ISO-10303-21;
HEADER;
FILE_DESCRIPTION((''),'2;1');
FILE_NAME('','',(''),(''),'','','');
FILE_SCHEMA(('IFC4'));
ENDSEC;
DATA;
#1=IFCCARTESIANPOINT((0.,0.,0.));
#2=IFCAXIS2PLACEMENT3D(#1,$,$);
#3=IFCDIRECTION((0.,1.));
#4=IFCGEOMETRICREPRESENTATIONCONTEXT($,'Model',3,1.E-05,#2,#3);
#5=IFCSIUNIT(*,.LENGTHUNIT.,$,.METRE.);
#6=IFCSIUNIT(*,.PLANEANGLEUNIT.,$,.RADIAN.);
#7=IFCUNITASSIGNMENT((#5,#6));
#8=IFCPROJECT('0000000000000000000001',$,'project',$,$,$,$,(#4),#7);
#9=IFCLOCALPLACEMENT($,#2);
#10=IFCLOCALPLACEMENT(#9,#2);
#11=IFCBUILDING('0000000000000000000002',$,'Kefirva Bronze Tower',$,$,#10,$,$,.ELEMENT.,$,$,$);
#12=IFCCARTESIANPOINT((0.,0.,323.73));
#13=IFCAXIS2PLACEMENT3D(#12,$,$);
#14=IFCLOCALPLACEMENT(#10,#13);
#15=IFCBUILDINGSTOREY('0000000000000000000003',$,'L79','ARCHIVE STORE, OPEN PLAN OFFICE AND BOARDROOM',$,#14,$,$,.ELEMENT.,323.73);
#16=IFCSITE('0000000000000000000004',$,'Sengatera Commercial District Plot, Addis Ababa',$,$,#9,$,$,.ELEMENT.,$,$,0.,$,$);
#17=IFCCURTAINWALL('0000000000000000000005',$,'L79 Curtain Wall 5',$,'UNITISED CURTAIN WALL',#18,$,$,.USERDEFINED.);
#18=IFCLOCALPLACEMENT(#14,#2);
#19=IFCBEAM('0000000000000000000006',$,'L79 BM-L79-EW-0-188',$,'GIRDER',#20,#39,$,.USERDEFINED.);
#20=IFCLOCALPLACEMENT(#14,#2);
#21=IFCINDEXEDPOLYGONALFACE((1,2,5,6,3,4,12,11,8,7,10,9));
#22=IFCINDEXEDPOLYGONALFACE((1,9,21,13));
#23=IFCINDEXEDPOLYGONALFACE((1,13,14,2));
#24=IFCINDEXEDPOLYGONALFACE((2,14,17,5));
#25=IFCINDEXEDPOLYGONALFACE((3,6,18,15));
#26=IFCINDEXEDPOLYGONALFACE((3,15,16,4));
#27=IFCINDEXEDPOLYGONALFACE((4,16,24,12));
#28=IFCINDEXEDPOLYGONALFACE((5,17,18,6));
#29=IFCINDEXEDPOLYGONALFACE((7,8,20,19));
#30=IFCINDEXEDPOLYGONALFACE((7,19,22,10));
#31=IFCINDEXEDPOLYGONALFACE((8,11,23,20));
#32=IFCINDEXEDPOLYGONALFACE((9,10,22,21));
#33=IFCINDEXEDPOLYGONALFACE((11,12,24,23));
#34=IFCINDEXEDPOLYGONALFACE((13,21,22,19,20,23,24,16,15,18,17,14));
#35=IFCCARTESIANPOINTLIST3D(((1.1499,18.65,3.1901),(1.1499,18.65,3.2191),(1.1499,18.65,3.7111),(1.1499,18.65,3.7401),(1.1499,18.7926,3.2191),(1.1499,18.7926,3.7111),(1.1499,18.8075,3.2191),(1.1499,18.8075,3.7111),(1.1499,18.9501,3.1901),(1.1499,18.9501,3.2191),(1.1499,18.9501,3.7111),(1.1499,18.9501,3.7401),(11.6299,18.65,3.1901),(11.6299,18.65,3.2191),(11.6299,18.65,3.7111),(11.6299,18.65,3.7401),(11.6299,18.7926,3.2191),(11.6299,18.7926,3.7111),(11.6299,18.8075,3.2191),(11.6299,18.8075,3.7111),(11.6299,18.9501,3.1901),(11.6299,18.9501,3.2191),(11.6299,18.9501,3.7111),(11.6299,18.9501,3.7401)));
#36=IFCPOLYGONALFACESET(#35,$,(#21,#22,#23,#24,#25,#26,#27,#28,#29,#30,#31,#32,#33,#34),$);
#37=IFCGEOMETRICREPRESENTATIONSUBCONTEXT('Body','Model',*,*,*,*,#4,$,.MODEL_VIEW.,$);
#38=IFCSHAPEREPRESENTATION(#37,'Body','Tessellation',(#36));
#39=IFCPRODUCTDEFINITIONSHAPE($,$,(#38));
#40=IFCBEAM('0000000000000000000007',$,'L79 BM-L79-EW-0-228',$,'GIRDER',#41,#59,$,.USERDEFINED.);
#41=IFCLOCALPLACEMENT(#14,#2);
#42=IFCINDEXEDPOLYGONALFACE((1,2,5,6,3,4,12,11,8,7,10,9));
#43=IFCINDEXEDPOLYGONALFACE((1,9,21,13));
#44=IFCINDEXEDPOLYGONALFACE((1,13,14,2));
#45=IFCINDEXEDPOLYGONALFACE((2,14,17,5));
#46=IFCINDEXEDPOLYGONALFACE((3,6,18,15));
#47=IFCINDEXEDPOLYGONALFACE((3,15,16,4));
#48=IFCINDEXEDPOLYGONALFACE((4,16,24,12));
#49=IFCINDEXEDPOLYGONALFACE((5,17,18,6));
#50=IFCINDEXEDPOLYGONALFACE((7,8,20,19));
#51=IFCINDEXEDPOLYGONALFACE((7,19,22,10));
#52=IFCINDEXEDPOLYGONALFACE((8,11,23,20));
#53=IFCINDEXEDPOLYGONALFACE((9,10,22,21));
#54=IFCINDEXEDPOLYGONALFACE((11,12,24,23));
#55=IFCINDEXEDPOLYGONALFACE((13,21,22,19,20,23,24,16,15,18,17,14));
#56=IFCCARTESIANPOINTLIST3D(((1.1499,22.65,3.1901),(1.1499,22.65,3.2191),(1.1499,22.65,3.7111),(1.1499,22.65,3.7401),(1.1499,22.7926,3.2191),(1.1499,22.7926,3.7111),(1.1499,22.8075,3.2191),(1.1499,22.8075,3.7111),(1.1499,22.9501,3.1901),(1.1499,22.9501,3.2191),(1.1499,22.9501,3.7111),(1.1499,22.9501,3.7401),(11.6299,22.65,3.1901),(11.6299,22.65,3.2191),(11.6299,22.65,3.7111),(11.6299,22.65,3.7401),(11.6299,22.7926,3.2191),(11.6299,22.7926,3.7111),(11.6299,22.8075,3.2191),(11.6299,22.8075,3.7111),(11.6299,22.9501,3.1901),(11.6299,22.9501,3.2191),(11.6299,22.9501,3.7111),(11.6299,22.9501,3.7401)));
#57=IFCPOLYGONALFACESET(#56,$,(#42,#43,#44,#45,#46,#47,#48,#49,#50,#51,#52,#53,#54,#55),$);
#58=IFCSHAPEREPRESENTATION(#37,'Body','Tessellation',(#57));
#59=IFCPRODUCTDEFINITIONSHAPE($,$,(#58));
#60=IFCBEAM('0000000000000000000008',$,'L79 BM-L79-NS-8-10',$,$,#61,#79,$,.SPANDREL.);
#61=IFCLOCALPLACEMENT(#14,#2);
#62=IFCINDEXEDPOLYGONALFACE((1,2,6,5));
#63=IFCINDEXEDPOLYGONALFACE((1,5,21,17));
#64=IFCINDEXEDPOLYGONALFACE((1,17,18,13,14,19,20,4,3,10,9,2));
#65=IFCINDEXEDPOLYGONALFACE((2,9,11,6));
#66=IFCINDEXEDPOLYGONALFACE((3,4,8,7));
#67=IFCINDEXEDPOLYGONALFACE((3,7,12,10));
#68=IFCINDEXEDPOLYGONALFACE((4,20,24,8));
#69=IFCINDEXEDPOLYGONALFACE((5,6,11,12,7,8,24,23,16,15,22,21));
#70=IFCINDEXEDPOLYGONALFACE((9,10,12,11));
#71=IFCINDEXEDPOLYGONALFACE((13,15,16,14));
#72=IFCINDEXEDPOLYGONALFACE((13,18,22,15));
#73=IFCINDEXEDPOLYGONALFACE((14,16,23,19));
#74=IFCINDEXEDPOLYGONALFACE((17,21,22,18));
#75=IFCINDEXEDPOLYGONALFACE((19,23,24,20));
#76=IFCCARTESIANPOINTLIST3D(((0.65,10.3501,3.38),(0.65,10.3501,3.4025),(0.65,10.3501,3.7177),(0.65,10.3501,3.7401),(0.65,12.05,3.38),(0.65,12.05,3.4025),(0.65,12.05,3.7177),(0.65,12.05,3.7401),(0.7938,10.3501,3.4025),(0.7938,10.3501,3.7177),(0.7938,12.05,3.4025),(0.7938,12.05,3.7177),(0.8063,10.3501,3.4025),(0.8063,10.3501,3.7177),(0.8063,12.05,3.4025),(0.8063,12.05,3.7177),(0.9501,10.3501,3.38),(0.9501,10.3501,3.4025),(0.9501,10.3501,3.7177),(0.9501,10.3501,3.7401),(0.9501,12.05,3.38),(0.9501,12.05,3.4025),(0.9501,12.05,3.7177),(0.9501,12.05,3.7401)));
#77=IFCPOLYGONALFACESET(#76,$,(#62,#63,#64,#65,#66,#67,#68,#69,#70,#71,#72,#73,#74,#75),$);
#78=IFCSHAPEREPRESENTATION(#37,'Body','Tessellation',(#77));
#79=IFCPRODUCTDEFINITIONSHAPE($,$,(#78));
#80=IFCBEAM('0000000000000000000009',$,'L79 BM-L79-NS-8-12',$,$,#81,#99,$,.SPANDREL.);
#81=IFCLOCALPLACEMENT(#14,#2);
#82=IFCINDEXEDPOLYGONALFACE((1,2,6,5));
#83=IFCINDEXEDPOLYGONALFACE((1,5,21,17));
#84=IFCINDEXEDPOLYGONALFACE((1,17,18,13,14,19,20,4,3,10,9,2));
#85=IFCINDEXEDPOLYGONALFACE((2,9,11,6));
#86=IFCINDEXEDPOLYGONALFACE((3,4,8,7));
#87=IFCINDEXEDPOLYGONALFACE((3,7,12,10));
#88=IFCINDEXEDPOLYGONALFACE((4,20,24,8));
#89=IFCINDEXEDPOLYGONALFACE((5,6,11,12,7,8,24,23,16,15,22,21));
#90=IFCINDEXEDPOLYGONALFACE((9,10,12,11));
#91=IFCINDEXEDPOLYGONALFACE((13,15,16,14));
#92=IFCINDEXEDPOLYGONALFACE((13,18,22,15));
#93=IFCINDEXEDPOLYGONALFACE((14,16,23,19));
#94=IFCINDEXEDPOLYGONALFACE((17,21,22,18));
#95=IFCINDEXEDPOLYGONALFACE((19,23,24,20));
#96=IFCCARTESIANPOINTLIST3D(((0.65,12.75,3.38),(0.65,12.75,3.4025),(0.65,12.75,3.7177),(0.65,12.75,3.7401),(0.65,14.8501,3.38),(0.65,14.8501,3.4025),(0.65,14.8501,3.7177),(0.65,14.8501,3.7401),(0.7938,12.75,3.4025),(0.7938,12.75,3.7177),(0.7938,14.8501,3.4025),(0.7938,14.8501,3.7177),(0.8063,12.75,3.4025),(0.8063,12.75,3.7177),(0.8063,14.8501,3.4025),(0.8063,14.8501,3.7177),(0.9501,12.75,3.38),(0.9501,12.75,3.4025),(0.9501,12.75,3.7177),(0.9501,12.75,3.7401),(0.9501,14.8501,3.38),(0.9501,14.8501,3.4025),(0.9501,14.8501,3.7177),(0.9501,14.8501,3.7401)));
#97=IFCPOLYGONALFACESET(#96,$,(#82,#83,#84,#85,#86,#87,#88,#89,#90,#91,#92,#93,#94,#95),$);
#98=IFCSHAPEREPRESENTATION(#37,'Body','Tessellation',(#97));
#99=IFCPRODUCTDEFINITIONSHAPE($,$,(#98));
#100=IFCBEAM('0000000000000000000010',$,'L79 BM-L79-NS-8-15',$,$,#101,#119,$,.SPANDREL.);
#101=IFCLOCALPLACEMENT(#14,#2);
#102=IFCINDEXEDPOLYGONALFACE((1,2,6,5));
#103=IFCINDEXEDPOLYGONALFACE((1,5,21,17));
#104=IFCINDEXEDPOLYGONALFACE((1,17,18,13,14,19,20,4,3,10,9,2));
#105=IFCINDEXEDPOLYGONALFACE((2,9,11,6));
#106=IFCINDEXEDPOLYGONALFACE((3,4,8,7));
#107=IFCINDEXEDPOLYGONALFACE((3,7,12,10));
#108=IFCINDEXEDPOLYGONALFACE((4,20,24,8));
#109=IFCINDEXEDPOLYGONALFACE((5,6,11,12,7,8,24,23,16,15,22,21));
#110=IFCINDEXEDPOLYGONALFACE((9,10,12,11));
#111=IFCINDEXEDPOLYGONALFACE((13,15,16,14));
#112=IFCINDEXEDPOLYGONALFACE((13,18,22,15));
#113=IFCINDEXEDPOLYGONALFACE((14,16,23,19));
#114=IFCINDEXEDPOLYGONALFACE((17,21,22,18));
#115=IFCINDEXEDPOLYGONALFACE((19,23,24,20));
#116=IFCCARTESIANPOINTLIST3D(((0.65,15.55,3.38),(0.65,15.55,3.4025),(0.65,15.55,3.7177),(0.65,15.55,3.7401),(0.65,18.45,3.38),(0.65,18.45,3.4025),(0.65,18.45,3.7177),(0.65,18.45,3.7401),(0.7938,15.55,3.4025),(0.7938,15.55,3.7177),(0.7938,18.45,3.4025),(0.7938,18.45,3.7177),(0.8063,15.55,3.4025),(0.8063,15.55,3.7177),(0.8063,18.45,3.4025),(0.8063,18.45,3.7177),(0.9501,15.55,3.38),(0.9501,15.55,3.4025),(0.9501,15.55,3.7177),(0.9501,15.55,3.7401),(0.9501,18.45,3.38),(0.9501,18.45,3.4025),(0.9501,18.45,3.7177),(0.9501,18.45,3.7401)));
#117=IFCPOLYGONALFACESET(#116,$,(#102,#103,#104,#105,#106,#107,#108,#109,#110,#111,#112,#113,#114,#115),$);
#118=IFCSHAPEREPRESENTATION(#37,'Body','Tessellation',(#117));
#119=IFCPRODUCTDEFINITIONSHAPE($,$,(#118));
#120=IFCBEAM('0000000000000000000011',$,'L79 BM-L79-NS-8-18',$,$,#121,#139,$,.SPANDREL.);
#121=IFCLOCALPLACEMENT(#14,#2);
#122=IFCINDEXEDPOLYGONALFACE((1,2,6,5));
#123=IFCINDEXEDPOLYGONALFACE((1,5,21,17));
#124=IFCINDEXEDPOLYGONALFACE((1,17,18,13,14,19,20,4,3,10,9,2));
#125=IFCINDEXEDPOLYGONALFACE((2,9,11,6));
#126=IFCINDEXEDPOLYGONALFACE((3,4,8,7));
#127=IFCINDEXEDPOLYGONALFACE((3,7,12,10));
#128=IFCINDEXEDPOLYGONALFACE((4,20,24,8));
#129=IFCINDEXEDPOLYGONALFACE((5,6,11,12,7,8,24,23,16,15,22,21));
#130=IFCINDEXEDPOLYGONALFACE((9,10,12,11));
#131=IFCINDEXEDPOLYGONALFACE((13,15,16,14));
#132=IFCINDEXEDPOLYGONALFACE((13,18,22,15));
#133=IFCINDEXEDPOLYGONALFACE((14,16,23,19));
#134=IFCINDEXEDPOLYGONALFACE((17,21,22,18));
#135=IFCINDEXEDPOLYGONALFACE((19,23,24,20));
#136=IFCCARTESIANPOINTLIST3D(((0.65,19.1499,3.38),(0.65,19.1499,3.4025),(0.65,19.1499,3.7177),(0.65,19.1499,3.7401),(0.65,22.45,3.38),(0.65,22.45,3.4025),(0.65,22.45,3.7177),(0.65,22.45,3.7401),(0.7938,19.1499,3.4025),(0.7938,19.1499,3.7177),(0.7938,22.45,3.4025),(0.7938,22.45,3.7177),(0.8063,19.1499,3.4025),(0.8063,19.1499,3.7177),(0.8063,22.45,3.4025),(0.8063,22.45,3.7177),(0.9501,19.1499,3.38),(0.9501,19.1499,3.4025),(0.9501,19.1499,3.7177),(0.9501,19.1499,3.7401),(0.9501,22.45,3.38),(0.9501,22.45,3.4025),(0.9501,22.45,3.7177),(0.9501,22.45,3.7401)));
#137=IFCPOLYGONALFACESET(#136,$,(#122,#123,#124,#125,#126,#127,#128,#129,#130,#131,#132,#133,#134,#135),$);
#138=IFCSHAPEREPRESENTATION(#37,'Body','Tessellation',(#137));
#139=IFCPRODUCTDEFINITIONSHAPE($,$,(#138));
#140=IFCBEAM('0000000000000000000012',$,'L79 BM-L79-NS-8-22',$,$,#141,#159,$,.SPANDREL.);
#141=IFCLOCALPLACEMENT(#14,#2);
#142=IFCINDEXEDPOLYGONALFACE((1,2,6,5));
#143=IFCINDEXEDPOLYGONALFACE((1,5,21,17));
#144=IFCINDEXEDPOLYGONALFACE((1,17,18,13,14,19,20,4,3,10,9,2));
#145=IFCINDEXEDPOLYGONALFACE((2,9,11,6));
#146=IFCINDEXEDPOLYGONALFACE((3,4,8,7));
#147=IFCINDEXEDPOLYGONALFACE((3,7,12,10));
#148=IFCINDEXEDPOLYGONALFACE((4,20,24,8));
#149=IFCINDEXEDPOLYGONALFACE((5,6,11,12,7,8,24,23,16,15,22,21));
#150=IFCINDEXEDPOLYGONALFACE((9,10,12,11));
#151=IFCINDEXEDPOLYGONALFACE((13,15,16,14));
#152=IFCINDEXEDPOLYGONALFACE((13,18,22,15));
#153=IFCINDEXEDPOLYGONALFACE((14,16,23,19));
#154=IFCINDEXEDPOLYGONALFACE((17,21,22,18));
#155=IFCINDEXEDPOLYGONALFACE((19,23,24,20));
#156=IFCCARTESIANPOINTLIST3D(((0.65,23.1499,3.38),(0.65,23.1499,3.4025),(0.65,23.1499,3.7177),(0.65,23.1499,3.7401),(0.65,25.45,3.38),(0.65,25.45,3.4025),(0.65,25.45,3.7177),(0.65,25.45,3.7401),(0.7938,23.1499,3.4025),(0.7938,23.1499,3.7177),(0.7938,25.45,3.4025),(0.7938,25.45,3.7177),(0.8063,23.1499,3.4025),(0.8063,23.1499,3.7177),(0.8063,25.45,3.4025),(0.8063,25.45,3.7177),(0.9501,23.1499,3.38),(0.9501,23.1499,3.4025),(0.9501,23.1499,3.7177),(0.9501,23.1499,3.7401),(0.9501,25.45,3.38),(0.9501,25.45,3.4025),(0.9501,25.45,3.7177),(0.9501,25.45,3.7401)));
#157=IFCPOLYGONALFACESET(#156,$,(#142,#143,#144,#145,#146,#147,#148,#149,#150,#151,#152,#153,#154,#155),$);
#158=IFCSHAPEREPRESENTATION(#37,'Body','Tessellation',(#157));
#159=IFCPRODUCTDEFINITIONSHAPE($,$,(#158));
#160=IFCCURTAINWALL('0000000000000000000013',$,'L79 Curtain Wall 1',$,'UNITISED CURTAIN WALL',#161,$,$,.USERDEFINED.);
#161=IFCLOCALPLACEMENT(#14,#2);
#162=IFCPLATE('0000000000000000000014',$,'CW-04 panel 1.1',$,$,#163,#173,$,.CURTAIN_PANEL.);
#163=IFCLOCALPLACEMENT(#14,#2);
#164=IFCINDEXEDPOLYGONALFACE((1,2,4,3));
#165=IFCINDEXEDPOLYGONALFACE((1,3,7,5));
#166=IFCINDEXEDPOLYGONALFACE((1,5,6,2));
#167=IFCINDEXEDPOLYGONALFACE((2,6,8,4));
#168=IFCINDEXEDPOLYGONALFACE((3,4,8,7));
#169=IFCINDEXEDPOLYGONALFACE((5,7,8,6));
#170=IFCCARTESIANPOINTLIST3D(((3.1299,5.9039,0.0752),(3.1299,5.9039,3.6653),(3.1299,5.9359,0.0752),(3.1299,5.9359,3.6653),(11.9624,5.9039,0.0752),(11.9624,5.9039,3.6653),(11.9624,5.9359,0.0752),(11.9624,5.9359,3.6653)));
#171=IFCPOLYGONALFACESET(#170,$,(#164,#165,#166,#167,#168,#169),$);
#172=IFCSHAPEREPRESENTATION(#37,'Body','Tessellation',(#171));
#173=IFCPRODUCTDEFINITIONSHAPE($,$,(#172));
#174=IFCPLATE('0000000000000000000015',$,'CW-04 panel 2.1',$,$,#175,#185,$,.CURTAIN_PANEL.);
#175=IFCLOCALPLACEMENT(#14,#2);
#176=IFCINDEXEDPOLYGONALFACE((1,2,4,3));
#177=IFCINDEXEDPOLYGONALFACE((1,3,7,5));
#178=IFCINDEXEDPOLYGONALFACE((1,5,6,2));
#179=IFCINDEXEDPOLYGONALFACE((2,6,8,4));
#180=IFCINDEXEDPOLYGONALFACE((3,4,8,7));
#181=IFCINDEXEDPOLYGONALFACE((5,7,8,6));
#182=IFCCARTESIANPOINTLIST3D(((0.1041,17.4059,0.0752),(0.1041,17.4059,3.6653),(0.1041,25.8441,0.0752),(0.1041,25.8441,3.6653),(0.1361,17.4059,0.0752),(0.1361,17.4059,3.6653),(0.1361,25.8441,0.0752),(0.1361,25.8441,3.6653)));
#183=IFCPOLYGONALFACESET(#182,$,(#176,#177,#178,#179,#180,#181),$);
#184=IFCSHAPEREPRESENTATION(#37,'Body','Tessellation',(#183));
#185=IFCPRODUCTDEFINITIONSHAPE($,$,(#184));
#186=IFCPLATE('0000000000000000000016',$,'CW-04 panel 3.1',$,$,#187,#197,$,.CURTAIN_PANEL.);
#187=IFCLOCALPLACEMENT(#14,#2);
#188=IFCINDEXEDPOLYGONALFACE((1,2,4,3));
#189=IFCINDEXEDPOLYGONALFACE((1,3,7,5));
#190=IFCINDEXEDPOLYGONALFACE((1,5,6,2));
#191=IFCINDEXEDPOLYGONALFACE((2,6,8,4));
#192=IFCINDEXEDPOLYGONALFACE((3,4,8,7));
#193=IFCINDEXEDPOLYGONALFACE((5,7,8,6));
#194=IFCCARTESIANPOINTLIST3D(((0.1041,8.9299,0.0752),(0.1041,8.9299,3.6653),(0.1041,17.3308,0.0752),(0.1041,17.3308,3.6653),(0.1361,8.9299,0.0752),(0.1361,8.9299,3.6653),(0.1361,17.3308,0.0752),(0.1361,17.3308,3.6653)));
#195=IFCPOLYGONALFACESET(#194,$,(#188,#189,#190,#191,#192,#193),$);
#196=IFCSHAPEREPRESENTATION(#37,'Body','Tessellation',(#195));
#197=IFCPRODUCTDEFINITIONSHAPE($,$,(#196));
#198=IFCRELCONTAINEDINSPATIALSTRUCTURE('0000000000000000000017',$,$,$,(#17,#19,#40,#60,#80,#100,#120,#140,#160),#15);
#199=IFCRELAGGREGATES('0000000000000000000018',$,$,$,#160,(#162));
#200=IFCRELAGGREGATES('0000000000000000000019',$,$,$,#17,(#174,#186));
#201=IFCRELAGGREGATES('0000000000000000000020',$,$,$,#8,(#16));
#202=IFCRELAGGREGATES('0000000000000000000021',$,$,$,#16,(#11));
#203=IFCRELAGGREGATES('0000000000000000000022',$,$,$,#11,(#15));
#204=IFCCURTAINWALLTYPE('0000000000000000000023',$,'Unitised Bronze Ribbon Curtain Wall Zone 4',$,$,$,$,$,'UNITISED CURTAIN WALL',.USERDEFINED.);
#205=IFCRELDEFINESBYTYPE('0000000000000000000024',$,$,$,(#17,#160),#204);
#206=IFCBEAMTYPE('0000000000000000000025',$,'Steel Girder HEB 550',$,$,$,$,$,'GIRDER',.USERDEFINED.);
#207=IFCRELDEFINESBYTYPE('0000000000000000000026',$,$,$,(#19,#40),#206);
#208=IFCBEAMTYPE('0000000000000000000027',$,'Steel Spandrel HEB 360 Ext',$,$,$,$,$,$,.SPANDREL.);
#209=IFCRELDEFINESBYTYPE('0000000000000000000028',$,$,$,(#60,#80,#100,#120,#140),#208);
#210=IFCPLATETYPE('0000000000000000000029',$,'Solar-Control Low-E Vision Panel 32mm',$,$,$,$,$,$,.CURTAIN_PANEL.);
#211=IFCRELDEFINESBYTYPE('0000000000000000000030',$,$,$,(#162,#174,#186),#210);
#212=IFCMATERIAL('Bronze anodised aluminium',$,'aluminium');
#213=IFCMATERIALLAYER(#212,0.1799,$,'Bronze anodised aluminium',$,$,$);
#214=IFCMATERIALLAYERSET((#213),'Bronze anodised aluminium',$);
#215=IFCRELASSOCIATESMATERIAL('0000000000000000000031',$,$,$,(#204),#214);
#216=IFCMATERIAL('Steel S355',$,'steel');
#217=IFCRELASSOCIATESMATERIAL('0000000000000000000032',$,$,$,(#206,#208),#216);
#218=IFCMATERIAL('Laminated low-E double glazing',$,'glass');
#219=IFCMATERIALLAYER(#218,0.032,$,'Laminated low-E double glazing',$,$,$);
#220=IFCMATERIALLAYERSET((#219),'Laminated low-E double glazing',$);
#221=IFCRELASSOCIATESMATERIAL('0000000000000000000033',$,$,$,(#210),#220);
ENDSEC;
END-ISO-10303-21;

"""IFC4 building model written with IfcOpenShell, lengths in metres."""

from ifc_helpers import new_model, si_unit, direction, frame, origin, origin_2d, place, context, subcontext, project, spatial, rectangle, i_section, extrude, material, layer, layer_set, material_profile, profile_set, type_object, element, aggregate, save


model = new_model("IFC4")

# Units and contexts
model_context = context("Model", 3, precision=1e-05, world=origin(), true_north=direction((0.0, 1.0)))
body_context = subcontext(model_context, "Body", "Model", "MODEL_VIEW")
ifc_project = project(units=[si_unit("LENGTHUNIT", "METRE"), si_unit("PLANEANGLEUNIT", "RADIAN")], contexts=[model_context])

# Site, building, storey
site_placement = place(None, origin())
site = spatial("IfcSite", under=ifc_project, at=site_placement, Name="Sengatera Commercial District Plot, Addis Ababa", CompositionType="ELEMENT", RefElevation=0.0)
building_placement = place(site_placement, origin())
building = spatial("IfcBuilding", under=site, at=building_placement, Name="Kefirva Bronze Tower", CompositionType="ELEMENT")
storey_placement = place(building_placement, frame((0.0, 0.0, 323.73)))
storey = spatial("IfcBuildingStorey", under=building, at=storey_placement, Name="L79", Description="ARCHIVE STORE, OPEN PLAN OFFICE AND BOARDROOM", CompositionType="ELEMENT", Elevation=323.73)

# Curtain wall
ifc_material_1 = material(Name="Bronze anodised aluminium", Category="aluminium")
ifc_layer_1 = layer(ifc_material_1, 0.1799, Name="Bronze anodised aluminium")
ifc_layer_set_1 = layer_set([ifc_layer_1], Name="Bronze anodised aluminium")
curtain_wall_type = type_object("IfcCurtainWallType", Name="Unitised Bronze Ribbon Curtain Wall Zone 4", ElementType="UNITISED CURTAIN WALL", PredefinedType="USERDEFINED", material=ifc_layer_set_1)
curtain_wall_1_placement = place(storey_placement, origin())
curtain_wall_1 = element("IfcCurtainWall", 1, at=curtain_wall_1_placement, inside=storey, type_object=curtain_wall_type, Name="L79 Curtain Wall 5", ObjectType="UNITISED CURTAIN WALL", PredefinedType="USERDEFINED")

# Beams
ifc_material_2 = material(Name="Steel S355", Category="steel")
ifc_material_profile_1 = material_profile(ifc_material_2, i_section(OverallWidth=0.3, OverallDepth=0.55, WebThickness=0.0149, FlangeThickness=0.0291, at=origin_2d()), Name="HEB 550")
ifc_profile_set_1 = profile_set([ifc_material_profile_1], Name="Steel S355")
beam_type_1 = type_object("IfcBeamType", Name="Steel Girder HEB 550", ElementType="GIRDER", PredefinedType="USERDEFINED", material=ifc_profile_set_1)
for number, where, z_axis, x_axis, name in (
    (2, (1.1499, 18.8, 3.4651), (1.0, 0.0, 0.0), (0.0, 1.0, 0.0), "L79 BM-L79-EW-0-188"),
    (3, (1.1499, 22.8, 3.4651), (1.0, 0.0, 0.0), (0.0, 1.0, 0.0), "L79 BM-L79-EW-0-228"),
):
    element("IfcBeam", number, at=place(storey_placement, frame(where, z_axis=z_axis, x_axis=x_axis)), inside=storey, type_object=beam_type_1, Name=name, ObjectType="GIRDER", PredefinedType="USERDEFINED", context=body_context, shape_type="SweptSolid", body=[
        extrude(i_section(OverallWidth=0.3, OverallDepth=0.55, WebThickness=0.0149, FlangeThickness=0.0291, at=origin_2d()), origin(), (0.0, 0.0, 1.0), 10.48),
    ])
ifc_material_profile_2 = material_profile(ifc_material_2, i_section(OverallWidth=0.3, OverallDepth=0.3601, WebThickness=0.0125, FlangeThickness=0.0225, at=origin_2d()), Name="HEB 360")
ifc_profile_set_2 = profile_set([ifc_material_profile_2], Name="Steel S355")
beam_type_2 = type_object("IfcBeamType", Name="Steel Spandrel HEB 360 Ext", PredefinedType="SPANDREL", material=ifc_profile_set_2)
beam_1_placement = place(storey_placement, frame((0.8, 10.3501, 3.5601), z_axis=(0.0, 1.0, 0.0), x_axis=(-1.0, 0.0, 0.0)))
element("IfcBeam", 4, at=beam_1_placement, inside=storey, type_object=beam_type_2, Name="L79 BM-L79-NS-8-10", PredefinedType="SPANDREL", context=body_context, shape_type="SweptSolid", body=[
    extrude(i_section(OverallWidth=0.3, OverallDepth=0.3601, WebThickness=0.0125, FlangeThickness=0.0225, at=origin_2d()), origin(), (0.0, 0.0, 1.0), 1.7),
])
beam_2_placement = place(storey_placement, frame((0.8, 12.75, 3.5601), z_axis=(0.0, 1.0, 0.0), x_axis=(-1.0, 0.0, 0.0)))
element("IfcBeam", 5, at=beam_2_placement, inside=storey, type_object=beam_type_2, Name="L79 BM-L79-NS-8-12", PredefinedType="SPANDREL", context=body_context, shape_type="SweptSolid", body=[
    extrude(i_section(OverallWidth=0.3, OverallDepth=0.3601, WebThickness=0.0125, FlangeThickness=0.0225, at=origin_2d()), origin(), (0.0, 0.0, 1.0), 2.1001),
])
beam_3_placement = place(storey_placement, frame((0.8, 15.55, 3.5601), z_axis=(0.0, 1.0, 0.0), x_axis=(-1.0, 0.0, 0.0)))
element("IfcBeam", 6, at=beam_3_placement, inside=storey, type_object=beam_type_2, Name="L79 BM-L79-NS-8-15", PredefinedType="SPANDREL", context=body_context, shape_type="SweptSolid", body=[
    extrude(i_section(OverallWidth=0.3, OverallDepth=0.3601, WebThickness=0.0125, FlangeThickness=0.0225, at=origin_2d()), origin(), (0.0, 0.0, 1.0), 2.8999),
])
beam_4_placement = place(storey_placement, frame((0.8, 19.1499, 3.5601), z_axis=(0.0, 1.0, 0.0), x_axis=(-1.0, 0.0, 0.0)))
element("IfcBeam", 7, at=beam_4_placement, inside=storey, type_object=beam_type_2, Name="L79 BM-L79-NS-8-18", PredefinedType="SPANDREL", context=body_context, shape_type="SweptSolid", body=[
    extrude(i_section(OverallWidth=0.3, OverallDepth=0.3601, WebThickness=0.0125, FlangeThickness=0.0225, at=origin_2d()), origin(), (0.0, 0.0, 1.0), 3.3),
])
beam_5_placement = place(storey_placement, frame((0.8, 23.1499, 3.5601), z_axis=(0.0, 1.0, 0.0), x_axis=(-1.0, 0.0, 0.0)))
element("IfcBeam", 8, at=beam_5_placement, inside=storey, type_object=beam_type_2, Name="L79 BM-L79-NS-8-22", PredefinedType="SPANDREL", context=body_context, shape_type="SweptSolid", body=[
    extrude(i_section(OverallWidth=0.3, OverallDepth=0.3601, WebThickness=0.0125, FlangeThickness=0.0225, at=origin_2d()), origin(), (0.0, 0.0, 1.0), 2.3),
])

# Curtain wall, plate
curtain_wall_2_placement = place(storey_placement, origin())
curtain_wall_2 = element("IfcCurtainWall", 9, at=curtain_wall_2_placement, inside=storey, type_object=curtain_wall_type, Name="L79 Curtain Wall 1", ObjectType="UNITISED CURTAIN WALL", PredefinedType="USERDEFINED")
ifc_material_3 = material(Name="Laminated low-E double glazing", Category="glass")
ifc_layer_2 = layer(ifc_material_3, 0.032, Name="Laminated low-E double glazing")
ifc_layer_set_2 = layer_set([ifc_layer_2], Name="Laminated low-E double glazing")
plate_type = type_object("IfcPlateType", Name="Solar-Control Low-E Vision Panel 32mm", PredefinedType="CURTAIN_PANEL", material=ifc_layer_set_2)
plate_1_placement = place(storey_placement, frame((7.5461, 5.9199, 0.0752), z_axis=(0.0, 0.0, 1.0), x_axis=(1.0, 0.0, 0.0)))
plate_1 = element("IfcPlate", 10, at=plate_1_placement, type_object=plate_type, Name="CW-04 panel 1.1", PredefinedType="CURTAIN_PANEL", context=body_context, shape_type="SweptSolid", body=[
    extrude(rectangle(XDim=8.8325, YDim=0.032, at=origin_2d()), origin(), (0.0, 0.0, 1.0), 3.5901),
])
aggregate(curtain_wall_2, [plate_1])

# Plates
plate_2_placement = place(storey_placement, frame((0.1201, 21.625, 0.0752), z_axis=(0.0, 0.0, 1.0), x_axis=(0.0, -1.0, 0.0)))
plate_2 = element("IfcPlate", 11, at=plate_2_placement, type_object=plate_type, Name="CW-04 panel 2.1", PredefinedType="CURTAIN_PANEL", context=body_context, shape_type="SweptSolid", body=[
    extrude(rectangle(XDim=8.4382, YDim=0.032, at=origin_2d()), origin(), (0.0, 0.0, 1.0), 3.5901),
])
plate_3_placement = place(storey_placement, frame((0.1201, 13.1304, 0.0752), z_axis=(0.0, 0.0, 1.0), x_axis=(0.0, -1.0, 0.0)))
plate_3 = element("IfcPlate", 12, at=plate_3_placement, type_object=plate_type, Name="CW-04 panel 3.1", PredefinedType="CURTAIN_PANEL", context=body_context, shape_type="SweptSolid", body=[
    extrude(rectangle(XDim=8.4009, YDim=0.032, at=origin_2d()), origin(), (0.0, 0.0, 1.0), 3.5901),
])
aggregate(curtain_wall_1, [plate_2, plate_3])

save(model, "model.ifc")
